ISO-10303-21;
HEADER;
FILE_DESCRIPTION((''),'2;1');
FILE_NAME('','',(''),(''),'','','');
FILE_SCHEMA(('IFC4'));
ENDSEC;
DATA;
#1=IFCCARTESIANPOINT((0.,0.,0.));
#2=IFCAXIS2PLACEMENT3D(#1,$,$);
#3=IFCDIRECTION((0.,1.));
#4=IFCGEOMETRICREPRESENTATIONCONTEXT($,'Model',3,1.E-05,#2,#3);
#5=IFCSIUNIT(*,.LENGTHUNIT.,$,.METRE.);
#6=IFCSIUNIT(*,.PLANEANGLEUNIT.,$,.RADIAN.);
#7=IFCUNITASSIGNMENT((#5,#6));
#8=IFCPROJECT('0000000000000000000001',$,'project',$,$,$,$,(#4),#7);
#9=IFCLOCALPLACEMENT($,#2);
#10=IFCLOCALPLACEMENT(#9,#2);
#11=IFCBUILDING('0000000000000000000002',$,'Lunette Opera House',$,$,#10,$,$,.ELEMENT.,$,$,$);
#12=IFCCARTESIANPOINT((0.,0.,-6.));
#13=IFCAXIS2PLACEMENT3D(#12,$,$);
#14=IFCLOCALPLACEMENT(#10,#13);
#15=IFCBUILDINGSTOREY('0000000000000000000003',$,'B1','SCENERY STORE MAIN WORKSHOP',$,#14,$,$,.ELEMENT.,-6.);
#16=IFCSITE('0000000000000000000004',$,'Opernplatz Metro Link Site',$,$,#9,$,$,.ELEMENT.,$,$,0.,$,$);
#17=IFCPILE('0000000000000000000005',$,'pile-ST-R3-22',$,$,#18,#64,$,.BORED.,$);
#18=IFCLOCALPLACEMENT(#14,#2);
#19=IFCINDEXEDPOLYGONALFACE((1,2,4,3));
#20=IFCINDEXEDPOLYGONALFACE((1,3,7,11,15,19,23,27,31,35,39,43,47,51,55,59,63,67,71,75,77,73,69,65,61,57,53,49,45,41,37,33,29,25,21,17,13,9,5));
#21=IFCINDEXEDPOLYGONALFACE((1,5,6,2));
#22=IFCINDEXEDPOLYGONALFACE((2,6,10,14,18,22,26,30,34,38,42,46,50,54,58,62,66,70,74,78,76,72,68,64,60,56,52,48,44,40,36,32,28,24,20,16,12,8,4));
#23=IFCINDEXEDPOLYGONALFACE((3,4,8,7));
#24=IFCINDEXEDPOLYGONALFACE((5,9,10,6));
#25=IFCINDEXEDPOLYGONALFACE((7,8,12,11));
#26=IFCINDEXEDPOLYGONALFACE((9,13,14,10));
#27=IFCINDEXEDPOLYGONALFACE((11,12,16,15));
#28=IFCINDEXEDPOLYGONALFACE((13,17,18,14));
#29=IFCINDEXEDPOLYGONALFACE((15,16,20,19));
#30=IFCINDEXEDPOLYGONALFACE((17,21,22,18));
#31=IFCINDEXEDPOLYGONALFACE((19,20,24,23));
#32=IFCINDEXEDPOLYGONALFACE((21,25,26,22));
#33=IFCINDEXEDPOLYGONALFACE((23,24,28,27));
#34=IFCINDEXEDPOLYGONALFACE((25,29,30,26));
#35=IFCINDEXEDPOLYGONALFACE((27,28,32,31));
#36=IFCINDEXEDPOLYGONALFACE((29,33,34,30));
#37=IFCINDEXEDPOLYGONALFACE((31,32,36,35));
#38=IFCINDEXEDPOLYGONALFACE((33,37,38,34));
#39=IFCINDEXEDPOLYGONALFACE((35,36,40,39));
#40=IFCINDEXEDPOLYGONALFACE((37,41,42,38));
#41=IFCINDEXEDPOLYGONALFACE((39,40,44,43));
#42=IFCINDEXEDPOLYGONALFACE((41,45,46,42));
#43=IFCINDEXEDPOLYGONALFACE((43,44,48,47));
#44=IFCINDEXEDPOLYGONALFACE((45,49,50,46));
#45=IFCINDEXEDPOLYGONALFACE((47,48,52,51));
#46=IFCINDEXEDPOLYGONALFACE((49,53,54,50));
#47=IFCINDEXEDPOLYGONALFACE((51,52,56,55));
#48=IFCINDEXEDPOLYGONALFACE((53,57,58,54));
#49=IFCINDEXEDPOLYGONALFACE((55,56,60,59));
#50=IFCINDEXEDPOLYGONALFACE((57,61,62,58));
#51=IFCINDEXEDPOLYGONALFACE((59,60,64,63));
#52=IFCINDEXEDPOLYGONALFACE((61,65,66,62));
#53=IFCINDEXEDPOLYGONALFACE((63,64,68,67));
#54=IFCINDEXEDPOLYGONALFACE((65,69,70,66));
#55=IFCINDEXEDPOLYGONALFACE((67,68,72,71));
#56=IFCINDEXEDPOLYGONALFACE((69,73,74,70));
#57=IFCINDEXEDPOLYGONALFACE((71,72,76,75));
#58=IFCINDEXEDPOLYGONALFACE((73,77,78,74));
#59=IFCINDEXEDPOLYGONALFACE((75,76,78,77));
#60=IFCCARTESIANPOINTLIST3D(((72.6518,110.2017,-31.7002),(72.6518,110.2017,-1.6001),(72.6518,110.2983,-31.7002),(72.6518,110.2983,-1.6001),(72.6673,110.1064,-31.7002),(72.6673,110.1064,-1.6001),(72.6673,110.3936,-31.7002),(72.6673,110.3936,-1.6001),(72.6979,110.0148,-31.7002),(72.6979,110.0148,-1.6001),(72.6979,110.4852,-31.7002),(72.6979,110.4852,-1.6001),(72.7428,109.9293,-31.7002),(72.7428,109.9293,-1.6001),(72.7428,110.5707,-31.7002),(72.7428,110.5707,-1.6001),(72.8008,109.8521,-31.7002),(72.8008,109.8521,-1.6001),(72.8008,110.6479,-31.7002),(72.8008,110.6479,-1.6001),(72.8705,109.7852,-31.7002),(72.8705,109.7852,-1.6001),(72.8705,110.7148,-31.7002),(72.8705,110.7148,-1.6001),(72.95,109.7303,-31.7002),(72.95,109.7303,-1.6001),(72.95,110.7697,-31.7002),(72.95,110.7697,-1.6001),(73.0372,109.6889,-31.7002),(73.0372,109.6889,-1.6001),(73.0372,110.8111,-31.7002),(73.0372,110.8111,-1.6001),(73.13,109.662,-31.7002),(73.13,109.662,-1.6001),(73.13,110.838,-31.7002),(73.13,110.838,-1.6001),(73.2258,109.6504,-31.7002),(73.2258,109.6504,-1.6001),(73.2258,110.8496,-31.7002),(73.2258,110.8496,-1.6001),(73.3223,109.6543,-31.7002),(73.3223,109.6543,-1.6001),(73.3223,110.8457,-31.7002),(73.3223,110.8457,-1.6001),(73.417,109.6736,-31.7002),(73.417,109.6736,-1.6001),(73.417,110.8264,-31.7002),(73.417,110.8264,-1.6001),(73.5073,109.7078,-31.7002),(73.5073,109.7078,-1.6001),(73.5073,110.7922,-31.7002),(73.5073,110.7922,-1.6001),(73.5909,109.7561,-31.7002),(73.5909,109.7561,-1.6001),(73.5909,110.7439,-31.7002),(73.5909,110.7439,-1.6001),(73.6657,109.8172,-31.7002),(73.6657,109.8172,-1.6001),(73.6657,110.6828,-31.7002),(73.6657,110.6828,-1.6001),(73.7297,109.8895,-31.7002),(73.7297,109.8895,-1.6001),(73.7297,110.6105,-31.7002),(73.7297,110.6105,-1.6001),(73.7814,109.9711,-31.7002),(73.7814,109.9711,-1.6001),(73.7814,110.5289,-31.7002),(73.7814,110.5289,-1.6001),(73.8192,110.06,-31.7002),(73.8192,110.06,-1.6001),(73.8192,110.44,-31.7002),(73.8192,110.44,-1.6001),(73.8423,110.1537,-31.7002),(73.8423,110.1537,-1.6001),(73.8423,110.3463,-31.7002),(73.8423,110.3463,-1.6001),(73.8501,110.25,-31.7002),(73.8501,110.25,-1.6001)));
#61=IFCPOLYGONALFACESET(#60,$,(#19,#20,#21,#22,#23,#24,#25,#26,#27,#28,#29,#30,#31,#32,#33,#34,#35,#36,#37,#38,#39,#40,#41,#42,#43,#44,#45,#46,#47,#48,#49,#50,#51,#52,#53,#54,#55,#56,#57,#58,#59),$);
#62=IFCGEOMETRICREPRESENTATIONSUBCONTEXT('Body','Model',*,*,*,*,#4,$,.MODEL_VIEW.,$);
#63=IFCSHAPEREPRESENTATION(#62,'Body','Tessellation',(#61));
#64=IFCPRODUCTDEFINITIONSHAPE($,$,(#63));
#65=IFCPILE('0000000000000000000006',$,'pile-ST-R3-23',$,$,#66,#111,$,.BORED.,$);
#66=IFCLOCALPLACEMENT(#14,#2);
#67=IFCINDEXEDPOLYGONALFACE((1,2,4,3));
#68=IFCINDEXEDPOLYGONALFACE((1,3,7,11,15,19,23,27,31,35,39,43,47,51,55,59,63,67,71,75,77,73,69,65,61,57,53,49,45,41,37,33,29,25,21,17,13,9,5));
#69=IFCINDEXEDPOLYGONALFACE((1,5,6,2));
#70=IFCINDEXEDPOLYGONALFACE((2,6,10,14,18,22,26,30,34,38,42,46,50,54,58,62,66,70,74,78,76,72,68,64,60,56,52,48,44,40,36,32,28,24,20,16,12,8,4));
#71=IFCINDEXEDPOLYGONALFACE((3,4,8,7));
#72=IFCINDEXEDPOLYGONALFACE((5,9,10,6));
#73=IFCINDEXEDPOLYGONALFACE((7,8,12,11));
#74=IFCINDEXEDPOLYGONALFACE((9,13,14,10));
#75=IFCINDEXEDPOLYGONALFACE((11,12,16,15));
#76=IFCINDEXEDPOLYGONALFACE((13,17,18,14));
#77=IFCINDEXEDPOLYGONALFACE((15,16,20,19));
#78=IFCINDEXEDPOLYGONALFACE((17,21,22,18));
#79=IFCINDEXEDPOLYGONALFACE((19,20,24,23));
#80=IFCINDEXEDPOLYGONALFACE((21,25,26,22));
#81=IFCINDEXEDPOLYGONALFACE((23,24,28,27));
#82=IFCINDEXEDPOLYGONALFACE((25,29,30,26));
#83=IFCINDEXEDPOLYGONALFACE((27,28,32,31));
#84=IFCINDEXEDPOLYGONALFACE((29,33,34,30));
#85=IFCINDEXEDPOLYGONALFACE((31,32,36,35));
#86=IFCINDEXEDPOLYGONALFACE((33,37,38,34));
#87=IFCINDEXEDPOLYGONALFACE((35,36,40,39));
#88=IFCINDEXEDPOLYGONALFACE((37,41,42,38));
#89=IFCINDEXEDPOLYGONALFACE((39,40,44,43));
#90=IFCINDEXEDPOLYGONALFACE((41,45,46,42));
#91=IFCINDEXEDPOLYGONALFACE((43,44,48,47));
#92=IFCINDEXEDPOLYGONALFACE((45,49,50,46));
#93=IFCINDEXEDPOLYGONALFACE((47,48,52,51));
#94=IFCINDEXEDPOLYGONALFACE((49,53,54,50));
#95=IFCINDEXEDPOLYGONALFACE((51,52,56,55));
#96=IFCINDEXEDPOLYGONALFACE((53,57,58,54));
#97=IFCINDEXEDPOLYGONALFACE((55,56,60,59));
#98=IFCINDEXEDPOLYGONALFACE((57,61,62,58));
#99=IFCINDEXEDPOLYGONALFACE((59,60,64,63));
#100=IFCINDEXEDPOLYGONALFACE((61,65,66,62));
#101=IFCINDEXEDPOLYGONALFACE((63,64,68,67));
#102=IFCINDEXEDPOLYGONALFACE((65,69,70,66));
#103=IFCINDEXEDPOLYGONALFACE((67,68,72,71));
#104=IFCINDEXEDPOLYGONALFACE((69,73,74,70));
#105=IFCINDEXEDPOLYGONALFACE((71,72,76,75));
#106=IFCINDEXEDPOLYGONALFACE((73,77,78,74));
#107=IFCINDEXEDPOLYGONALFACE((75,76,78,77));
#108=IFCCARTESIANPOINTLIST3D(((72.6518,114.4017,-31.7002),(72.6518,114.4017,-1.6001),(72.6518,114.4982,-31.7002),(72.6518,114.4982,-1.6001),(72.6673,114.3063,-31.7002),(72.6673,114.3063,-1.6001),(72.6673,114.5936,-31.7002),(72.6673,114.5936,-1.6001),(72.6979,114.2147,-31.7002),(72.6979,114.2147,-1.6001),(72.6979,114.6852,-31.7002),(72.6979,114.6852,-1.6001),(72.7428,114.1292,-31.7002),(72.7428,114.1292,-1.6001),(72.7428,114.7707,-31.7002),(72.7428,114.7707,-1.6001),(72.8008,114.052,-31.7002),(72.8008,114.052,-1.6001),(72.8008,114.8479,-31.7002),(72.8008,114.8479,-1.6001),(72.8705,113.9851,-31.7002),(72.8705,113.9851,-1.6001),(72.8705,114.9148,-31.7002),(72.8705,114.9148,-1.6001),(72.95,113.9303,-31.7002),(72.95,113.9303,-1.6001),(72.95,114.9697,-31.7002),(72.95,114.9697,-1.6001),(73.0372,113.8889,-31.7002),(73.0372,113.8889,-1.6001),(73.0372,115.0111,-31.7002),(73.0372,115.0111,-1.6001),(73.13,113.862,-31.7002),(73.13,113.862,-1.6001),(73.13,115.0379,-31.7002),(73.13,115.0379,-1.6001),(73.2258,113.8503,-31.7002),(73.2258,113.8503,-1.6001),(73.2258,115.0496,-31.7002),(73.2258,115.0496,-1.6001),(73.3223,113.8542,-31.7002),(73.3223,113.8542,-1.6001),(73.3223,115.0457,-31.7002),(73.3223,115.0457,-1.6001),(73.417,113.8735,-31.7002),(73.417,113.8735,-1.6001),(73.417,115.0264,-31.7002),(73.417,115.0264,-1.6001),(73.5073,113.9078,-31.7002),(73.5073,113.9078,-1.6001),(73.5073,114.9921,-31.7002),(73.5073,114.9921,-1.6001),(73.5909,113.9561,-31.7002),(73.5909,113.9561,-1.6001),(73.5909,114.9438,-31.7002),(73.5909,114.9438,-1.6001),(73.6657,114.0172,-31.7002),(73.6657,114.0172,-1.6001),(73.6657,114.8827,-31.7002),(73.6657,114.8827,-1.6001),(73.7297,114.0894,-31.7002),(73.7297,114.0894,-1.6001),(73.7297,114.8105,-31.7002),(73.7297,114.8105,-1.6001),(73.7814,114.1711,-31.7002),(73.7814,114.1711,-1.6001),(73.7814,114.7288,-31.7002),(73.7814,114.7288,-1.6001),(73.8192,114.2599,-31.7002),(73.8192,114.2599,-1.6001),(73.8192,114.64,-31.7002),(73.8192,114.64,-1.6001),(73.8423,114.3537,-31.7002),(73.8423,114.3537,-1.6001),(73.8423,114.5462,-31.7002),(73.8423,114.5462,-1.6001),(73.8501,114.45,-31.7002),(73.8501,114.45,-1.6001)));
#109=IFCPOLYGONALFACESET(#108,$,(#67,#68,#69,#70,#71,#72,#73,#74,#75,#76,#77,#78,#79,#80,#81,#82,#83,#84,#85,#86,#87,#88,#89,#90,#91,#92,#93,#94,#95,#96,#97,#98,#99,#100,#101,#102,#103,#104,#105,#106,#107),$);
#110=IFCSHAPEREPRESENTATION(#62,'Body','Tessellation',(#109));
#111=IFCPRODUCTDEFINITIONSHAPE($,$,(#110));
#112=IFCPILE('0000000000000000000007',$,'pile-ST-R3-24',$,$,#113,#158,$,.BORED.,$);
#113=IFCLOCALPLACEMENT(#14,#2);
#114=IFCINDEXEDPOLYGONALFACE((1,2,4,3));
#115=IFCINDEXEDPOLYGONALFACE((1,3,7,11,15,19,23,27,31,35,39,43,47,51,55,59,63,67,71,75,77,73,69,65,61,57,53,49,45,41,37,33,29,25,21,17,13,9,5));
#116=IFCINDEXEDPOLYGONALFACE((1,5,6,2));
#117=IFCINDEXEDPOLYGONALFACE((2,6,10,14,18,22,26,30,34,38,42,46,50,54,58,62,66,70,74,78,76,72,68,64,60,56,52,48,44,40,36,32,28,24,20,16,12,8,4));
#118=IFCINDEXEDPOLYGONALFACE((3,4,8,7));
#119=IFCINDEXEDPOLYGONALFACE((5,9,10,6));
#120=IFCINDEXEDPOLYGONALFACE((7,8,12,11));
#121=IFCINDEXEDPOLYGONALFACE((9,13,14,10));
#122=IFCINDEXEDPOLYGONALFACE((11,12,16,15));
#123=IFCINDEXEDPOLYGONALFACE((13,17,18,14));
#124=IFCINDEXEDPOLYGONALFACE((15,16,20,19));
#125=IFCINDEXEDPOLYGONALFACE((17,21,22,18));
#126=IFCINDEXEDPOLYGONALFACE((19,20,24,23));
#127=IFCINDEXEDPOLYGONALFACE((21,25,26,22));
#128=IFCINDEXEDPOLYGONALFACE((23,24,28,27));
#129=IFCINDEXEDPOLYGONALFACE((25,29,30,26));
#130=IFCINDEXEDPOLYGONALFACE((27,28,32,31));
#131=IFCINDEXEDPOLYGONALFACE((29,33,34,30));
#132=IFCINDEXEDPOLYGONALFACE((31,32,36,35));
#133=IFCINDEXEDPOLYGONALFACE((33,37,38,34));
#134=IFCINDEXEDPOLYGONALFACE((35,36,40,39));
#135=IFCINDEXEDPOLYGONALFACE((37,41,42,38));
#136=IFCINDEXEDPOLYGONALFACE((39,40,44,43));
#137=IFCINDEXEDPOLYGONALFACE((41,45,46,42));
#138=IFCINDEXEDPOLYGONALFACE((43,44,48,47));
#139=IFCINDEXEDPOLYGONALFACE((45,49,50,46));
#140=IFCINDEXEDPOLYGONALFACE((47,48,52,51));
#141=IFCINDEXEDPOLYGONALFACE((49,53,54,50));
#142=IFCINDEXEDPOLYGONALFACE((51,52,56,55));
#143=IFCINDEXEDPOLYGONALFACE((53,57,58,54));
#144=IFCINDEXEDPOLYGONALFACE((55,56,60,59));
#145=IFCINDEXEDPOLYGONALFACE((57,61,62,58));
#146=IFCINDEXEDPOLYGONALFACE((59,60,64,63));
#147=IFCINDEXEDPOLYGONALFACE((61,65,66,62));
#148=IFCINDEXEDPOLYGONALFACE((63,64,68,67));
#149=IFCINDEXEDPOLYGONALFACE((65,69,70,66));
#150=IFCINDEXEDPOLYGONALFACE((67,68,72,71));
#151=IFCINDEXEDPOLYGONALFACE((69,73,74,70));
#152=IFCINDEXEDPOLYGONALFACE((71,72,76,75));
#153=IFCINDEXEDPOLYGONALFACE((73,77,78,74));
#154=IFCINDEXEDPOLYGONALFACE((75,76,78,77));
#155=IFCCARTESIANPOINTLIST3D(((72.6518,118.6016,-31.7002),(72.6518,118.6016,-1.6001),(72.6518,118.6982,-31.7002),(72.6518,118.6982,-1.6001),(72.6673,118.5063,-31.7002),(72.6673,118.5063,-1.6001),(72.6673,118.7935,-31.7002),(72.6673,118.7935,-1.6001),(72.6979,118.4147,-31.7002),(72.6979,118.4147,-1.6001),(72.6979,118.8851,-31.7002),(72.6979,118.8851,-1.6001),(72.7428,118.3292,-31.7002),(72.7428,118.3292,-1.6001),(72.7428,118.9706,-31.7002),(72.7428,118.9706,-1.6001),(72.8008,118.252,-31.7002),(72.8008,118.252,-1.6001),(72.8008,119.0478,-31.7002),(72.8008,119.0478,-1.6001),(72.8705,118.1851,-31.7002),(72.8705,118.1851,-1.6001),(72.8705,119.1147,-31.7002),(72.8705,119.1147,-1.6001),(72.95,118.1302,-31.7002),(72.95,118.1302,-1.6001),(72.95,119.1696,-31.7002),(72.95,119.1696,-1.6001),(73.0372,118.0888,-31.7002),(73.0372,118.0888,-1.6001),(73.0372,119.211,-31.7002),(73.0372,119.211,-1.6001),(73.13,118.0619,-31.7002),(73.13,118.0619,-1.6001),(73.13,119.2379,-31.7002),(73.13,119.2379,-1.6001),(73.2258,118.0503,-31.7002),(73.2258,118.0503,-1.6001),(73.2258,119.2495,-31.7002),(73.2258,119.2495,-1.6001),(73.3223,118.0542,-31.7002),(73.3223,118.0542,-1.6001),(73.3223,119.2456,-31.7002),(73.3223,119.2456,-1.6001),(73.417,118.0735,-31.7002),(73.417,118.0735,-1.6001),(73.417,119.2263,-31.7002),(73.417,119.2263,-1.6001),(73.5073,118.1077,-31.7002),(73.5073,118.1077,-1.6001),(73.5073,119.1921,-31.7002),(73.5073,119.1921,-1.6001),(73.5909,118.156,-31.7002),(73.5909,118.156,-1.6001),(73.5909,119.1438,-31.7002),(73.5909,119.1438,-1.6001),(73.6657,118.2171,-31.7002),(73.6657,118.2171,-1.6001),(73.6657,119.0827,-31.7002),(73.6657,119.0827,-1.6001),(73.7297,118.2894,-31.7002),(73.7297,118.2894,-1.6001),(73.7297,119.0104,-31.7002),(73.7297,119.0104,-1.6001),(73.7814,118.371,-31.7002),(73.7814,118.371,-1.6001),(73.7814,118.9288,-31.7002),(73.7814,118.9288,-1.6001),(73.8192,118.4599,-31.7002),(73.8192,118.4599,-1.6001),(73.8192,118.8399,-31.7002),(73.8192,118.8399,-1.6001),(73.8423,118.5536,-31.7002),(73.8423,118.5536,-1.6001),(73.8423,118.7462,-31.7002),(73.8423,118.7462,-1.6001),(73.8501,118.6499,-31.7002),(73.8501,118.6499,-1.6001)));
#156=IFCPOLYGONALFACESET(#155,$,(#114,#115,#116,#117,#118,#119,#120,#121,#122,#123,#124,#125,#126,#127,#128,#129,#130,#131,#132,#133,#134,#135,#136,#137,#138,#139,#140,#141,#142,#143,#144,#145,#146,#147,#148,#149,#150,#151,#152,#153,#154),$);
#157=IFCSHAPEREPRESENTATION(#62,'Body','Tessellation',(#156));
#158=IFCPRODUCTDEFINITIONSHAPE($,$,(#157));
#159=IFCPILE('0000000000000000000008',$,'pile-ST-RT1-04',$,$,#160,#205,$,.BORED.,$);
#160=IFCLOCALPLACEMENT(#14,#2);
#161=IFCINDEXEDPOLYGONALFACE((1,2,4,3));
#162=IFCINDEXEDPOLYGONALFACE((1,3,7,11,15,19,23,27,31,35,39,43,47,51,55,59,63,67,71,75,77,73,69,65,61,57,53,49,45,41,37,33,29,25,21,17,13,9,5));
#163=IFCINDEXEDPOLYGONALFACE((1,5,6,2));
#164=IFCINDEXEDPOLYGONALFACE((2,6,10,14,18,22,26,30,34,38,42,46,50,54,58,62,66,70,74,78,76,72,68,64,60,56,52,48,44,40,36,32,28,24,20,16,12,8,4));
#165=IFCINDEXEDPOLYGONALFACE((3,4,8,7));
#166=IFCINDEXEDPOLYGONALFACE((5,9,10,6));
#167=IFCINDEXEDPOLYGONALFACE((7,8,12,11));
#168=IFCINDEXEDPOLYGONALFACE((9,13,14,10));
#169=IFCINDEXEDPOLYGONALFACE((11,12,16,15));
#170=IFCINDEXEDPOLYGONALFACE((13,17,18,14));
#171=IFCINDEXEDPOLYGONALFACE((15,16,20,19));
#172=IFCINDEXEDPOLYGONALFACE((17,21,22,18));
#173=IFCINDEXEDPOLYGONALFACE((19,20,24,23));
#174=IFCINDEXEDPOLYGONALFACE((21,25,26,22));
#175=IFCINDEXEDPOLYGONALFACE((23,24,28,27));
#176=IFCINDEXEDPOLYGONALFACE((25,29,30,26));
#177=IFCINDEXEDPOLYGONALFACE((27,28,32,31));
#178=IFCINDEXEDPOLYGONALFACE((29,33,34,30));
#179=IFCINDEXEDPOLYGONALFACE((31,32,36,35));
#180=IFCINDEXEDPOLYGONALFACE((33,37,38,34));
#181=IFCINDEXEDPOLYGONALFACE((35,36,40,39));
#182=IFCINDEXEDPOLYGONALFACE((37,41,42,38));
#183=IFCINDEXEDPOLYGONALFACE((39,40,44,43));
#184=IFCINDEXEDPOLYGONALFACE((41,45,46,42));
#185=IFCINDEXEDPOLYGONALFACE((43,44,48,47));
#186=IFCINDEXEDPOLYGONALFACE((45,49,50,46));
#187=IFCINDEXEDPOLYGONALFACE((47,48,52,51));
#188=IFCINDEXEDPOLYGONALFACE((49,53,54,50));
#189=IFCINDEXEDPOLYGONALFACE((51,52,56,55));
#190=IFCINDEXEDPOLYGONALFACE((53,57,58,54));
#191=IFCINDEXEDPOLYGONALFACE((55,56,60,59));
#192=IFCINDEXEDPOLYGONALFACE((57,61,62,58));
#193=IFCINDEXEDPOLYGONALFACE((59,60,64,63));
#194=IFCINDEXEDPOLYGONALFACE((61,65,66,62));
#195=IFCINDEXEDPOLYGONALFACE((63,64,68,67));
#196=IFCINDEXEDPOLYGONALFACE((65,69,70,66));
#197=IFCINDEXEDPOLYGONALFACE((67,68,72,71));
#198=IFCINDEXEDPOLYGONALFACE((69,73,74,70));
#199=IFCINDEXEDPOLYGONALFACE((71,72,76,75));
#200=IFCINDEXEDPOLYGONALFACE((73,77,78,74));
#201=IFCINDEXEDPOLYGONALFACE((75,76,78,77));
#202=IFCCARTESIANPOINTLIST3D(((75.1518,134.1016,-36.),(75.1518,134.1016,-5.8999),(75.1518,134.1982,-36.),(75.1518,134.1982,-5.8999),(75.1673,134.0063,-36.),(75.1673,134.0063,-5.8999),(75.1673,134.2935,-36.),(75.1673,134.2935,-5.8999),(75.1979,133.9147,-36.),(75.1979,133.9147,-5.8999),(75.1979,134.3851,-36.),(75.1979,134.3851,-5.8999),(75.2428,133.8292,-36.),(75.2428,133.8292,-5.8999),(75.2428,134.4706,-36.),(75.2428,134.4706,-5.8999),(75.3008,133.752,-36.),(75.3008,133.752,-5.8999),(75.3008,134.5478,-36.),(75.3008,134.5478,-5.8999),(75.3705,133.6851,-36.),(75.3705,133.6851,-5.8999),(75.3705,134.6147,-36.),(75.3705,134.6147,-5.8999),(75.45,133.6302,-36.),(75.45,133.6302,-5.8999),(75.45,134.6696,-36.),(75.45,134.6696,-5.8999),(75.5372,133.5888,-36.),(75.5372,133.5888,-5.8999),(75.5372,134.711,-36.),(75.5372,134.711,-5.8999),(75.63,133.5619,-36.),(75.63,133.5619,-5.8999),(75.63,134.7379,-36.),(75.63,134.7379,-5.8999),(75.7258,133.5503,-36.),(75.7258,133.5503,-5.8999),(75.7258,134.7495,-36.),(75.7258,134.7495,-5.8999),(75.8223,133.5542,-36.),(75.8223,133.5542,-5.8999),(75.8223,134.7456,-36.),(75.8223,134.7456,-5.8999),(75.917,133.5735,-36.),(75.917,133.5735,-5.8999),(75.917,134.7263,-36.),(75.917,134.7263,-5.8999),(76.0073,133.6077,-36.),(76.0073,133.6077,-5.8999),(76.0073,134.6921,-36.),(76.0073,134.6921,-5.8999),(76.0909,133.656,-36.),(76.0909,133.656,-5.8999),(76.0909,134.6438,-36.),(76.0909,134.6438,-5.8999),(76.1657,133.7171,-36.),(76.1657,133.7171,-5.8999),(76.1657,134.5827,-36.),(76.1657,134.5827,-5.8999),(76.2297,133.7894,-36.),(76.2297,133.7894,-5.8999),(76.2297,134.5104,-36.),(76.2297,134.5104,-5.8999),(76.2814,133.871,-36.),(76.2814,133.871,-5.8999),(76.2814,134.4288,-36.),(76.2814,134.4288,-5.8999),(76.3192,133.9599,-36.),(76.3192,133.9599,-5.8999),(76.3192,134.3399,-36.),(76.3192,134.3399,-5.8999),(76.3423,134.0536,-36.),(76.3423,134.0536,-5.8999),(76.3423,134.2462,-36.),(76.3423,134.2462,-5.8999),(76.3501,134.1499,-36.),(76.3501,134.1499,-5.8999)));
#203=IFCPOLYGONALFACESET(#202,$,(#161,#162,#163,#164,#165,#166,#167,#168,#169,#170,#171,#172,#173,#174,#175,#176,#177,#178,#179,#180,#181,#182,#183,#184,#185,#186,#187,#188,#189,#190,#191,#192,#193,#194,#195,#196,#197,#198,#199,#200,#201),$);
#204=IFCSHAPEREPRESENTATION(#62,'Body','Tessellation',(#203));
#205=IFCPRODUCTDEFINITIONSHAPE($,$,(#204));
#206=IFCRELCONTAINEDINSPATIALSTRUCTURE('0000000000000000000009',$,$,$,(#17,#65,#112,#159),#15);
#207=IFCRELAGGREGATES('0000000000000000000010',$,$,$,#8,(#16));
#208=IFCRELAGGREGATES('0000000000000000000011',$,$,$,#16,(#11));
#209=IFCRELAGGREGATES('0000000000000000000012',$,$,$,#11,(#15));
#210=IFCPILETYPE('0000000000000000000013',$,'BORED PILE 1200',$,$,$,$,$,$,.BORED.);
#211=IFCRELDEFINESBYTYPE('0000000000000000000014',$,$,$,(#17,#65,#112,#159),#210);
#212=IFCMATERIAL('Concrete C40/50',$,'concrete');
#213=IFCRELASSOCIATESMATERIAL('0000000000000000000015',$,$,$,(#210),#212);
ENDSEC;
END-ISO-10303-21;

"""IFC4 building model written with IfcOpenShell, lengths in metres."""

from ifc_helpers import new_model, si_unit, direction, frame, origin, origin_2d, place, context, subcontext, project, spatial, circle, extrude, material, material_profile, profile_set, type_object, element, save


model = new_model("IFC4")

# Units and contexts
model_context = context("Model", 3, precision=1e-05, world=origin(), true_north=direction((0.0, 1.0)))
body_context = subcontext(model_context, "Body", "Model", "MODEL_VIEW")
ifc_project = project(units=[si_unit("LENGTHUNIT", "METRE"), si_unit("PLANEANGLEUNIT", "RADIAN")], contexts=[model_context])

# Site, building, storey
site_placement = place(None, origin())
site = spatial("IfcSite", under=ifc_project, at=site_placement, Name="Opernplatz Metro Link Site", CompositionType="ELEMENT", RefElevation=0.0)
building_placement = place(site_placement, origin())
building = spatial("IfcBuilding", under=site, at=building_placement, Name="Lunette Opera House", CompositionType="ELEMENT")
storey_placement = place(building_placement, frame((0.0, 0.0, -6.0)))
storey = spatial("IfcBuildingStorey", under=building, at=storey_placement, Name="B1", Description="SCENERY STORE MAIN WORKSHOP", CompositionType="ELEMENT", Elevation=-6.0)

# Piles
ifc_material_1 = material(Name="Concrete C40/50", Category="concrete")
ifc_material_profile_1 = material_profile(ifc_material_1, circle(Radius=0.6001, at=origin_2d()), Name="BORED PILE 1200")
ifc_profile_set_1 = profile_set([ifc_material_profile_1], Name="Concrete C40/50")
pile_type = type_object("IfcPileType", Name="BORED PILE 1200", PredefinedType="BORED", material=ifc_profile_set_1)
for number, where, z_axis, x_axis, name in (
    (1, (73.25, 110.25, -1.6001), (0.0, 0.0, -1.0), (1.0, 0.0, 0.0), "pile-ST-R3-22"),
    (2, (73.25, 114.45, -1.6001), (0.0, 0.0, -1.0), (1.0, 0.0, 0.0), "pile-ST-R3-23"),
    (3, (73.25, 118.6499, -1.6001), (0.0, 0.0, -1.0), (1.0, 0.0, 0.0), "pile-ST-R3-24"),
    (4, (75.75, 134.1499, -5.8999), (0.0, 0.0, -1.0), (1.0, 0.0, 0.0), "pile-ST-RT1-04"),
):
    element("IfcPile", number, at=place(storey_placement, frame(where, z_axis=z_axis, x_axis=x_axis)), inside=storey, type_object=pile_type, Name=name, PredefinedType="BORED", context=body_context, shape_type="SweptSolid", body=[
        extrude(circle(Radius=0.6001, at=origin_2d()), origin(), (0.0, 0.0, 1.0), 30.1001),
    ])

save(model, "model.ifc")
